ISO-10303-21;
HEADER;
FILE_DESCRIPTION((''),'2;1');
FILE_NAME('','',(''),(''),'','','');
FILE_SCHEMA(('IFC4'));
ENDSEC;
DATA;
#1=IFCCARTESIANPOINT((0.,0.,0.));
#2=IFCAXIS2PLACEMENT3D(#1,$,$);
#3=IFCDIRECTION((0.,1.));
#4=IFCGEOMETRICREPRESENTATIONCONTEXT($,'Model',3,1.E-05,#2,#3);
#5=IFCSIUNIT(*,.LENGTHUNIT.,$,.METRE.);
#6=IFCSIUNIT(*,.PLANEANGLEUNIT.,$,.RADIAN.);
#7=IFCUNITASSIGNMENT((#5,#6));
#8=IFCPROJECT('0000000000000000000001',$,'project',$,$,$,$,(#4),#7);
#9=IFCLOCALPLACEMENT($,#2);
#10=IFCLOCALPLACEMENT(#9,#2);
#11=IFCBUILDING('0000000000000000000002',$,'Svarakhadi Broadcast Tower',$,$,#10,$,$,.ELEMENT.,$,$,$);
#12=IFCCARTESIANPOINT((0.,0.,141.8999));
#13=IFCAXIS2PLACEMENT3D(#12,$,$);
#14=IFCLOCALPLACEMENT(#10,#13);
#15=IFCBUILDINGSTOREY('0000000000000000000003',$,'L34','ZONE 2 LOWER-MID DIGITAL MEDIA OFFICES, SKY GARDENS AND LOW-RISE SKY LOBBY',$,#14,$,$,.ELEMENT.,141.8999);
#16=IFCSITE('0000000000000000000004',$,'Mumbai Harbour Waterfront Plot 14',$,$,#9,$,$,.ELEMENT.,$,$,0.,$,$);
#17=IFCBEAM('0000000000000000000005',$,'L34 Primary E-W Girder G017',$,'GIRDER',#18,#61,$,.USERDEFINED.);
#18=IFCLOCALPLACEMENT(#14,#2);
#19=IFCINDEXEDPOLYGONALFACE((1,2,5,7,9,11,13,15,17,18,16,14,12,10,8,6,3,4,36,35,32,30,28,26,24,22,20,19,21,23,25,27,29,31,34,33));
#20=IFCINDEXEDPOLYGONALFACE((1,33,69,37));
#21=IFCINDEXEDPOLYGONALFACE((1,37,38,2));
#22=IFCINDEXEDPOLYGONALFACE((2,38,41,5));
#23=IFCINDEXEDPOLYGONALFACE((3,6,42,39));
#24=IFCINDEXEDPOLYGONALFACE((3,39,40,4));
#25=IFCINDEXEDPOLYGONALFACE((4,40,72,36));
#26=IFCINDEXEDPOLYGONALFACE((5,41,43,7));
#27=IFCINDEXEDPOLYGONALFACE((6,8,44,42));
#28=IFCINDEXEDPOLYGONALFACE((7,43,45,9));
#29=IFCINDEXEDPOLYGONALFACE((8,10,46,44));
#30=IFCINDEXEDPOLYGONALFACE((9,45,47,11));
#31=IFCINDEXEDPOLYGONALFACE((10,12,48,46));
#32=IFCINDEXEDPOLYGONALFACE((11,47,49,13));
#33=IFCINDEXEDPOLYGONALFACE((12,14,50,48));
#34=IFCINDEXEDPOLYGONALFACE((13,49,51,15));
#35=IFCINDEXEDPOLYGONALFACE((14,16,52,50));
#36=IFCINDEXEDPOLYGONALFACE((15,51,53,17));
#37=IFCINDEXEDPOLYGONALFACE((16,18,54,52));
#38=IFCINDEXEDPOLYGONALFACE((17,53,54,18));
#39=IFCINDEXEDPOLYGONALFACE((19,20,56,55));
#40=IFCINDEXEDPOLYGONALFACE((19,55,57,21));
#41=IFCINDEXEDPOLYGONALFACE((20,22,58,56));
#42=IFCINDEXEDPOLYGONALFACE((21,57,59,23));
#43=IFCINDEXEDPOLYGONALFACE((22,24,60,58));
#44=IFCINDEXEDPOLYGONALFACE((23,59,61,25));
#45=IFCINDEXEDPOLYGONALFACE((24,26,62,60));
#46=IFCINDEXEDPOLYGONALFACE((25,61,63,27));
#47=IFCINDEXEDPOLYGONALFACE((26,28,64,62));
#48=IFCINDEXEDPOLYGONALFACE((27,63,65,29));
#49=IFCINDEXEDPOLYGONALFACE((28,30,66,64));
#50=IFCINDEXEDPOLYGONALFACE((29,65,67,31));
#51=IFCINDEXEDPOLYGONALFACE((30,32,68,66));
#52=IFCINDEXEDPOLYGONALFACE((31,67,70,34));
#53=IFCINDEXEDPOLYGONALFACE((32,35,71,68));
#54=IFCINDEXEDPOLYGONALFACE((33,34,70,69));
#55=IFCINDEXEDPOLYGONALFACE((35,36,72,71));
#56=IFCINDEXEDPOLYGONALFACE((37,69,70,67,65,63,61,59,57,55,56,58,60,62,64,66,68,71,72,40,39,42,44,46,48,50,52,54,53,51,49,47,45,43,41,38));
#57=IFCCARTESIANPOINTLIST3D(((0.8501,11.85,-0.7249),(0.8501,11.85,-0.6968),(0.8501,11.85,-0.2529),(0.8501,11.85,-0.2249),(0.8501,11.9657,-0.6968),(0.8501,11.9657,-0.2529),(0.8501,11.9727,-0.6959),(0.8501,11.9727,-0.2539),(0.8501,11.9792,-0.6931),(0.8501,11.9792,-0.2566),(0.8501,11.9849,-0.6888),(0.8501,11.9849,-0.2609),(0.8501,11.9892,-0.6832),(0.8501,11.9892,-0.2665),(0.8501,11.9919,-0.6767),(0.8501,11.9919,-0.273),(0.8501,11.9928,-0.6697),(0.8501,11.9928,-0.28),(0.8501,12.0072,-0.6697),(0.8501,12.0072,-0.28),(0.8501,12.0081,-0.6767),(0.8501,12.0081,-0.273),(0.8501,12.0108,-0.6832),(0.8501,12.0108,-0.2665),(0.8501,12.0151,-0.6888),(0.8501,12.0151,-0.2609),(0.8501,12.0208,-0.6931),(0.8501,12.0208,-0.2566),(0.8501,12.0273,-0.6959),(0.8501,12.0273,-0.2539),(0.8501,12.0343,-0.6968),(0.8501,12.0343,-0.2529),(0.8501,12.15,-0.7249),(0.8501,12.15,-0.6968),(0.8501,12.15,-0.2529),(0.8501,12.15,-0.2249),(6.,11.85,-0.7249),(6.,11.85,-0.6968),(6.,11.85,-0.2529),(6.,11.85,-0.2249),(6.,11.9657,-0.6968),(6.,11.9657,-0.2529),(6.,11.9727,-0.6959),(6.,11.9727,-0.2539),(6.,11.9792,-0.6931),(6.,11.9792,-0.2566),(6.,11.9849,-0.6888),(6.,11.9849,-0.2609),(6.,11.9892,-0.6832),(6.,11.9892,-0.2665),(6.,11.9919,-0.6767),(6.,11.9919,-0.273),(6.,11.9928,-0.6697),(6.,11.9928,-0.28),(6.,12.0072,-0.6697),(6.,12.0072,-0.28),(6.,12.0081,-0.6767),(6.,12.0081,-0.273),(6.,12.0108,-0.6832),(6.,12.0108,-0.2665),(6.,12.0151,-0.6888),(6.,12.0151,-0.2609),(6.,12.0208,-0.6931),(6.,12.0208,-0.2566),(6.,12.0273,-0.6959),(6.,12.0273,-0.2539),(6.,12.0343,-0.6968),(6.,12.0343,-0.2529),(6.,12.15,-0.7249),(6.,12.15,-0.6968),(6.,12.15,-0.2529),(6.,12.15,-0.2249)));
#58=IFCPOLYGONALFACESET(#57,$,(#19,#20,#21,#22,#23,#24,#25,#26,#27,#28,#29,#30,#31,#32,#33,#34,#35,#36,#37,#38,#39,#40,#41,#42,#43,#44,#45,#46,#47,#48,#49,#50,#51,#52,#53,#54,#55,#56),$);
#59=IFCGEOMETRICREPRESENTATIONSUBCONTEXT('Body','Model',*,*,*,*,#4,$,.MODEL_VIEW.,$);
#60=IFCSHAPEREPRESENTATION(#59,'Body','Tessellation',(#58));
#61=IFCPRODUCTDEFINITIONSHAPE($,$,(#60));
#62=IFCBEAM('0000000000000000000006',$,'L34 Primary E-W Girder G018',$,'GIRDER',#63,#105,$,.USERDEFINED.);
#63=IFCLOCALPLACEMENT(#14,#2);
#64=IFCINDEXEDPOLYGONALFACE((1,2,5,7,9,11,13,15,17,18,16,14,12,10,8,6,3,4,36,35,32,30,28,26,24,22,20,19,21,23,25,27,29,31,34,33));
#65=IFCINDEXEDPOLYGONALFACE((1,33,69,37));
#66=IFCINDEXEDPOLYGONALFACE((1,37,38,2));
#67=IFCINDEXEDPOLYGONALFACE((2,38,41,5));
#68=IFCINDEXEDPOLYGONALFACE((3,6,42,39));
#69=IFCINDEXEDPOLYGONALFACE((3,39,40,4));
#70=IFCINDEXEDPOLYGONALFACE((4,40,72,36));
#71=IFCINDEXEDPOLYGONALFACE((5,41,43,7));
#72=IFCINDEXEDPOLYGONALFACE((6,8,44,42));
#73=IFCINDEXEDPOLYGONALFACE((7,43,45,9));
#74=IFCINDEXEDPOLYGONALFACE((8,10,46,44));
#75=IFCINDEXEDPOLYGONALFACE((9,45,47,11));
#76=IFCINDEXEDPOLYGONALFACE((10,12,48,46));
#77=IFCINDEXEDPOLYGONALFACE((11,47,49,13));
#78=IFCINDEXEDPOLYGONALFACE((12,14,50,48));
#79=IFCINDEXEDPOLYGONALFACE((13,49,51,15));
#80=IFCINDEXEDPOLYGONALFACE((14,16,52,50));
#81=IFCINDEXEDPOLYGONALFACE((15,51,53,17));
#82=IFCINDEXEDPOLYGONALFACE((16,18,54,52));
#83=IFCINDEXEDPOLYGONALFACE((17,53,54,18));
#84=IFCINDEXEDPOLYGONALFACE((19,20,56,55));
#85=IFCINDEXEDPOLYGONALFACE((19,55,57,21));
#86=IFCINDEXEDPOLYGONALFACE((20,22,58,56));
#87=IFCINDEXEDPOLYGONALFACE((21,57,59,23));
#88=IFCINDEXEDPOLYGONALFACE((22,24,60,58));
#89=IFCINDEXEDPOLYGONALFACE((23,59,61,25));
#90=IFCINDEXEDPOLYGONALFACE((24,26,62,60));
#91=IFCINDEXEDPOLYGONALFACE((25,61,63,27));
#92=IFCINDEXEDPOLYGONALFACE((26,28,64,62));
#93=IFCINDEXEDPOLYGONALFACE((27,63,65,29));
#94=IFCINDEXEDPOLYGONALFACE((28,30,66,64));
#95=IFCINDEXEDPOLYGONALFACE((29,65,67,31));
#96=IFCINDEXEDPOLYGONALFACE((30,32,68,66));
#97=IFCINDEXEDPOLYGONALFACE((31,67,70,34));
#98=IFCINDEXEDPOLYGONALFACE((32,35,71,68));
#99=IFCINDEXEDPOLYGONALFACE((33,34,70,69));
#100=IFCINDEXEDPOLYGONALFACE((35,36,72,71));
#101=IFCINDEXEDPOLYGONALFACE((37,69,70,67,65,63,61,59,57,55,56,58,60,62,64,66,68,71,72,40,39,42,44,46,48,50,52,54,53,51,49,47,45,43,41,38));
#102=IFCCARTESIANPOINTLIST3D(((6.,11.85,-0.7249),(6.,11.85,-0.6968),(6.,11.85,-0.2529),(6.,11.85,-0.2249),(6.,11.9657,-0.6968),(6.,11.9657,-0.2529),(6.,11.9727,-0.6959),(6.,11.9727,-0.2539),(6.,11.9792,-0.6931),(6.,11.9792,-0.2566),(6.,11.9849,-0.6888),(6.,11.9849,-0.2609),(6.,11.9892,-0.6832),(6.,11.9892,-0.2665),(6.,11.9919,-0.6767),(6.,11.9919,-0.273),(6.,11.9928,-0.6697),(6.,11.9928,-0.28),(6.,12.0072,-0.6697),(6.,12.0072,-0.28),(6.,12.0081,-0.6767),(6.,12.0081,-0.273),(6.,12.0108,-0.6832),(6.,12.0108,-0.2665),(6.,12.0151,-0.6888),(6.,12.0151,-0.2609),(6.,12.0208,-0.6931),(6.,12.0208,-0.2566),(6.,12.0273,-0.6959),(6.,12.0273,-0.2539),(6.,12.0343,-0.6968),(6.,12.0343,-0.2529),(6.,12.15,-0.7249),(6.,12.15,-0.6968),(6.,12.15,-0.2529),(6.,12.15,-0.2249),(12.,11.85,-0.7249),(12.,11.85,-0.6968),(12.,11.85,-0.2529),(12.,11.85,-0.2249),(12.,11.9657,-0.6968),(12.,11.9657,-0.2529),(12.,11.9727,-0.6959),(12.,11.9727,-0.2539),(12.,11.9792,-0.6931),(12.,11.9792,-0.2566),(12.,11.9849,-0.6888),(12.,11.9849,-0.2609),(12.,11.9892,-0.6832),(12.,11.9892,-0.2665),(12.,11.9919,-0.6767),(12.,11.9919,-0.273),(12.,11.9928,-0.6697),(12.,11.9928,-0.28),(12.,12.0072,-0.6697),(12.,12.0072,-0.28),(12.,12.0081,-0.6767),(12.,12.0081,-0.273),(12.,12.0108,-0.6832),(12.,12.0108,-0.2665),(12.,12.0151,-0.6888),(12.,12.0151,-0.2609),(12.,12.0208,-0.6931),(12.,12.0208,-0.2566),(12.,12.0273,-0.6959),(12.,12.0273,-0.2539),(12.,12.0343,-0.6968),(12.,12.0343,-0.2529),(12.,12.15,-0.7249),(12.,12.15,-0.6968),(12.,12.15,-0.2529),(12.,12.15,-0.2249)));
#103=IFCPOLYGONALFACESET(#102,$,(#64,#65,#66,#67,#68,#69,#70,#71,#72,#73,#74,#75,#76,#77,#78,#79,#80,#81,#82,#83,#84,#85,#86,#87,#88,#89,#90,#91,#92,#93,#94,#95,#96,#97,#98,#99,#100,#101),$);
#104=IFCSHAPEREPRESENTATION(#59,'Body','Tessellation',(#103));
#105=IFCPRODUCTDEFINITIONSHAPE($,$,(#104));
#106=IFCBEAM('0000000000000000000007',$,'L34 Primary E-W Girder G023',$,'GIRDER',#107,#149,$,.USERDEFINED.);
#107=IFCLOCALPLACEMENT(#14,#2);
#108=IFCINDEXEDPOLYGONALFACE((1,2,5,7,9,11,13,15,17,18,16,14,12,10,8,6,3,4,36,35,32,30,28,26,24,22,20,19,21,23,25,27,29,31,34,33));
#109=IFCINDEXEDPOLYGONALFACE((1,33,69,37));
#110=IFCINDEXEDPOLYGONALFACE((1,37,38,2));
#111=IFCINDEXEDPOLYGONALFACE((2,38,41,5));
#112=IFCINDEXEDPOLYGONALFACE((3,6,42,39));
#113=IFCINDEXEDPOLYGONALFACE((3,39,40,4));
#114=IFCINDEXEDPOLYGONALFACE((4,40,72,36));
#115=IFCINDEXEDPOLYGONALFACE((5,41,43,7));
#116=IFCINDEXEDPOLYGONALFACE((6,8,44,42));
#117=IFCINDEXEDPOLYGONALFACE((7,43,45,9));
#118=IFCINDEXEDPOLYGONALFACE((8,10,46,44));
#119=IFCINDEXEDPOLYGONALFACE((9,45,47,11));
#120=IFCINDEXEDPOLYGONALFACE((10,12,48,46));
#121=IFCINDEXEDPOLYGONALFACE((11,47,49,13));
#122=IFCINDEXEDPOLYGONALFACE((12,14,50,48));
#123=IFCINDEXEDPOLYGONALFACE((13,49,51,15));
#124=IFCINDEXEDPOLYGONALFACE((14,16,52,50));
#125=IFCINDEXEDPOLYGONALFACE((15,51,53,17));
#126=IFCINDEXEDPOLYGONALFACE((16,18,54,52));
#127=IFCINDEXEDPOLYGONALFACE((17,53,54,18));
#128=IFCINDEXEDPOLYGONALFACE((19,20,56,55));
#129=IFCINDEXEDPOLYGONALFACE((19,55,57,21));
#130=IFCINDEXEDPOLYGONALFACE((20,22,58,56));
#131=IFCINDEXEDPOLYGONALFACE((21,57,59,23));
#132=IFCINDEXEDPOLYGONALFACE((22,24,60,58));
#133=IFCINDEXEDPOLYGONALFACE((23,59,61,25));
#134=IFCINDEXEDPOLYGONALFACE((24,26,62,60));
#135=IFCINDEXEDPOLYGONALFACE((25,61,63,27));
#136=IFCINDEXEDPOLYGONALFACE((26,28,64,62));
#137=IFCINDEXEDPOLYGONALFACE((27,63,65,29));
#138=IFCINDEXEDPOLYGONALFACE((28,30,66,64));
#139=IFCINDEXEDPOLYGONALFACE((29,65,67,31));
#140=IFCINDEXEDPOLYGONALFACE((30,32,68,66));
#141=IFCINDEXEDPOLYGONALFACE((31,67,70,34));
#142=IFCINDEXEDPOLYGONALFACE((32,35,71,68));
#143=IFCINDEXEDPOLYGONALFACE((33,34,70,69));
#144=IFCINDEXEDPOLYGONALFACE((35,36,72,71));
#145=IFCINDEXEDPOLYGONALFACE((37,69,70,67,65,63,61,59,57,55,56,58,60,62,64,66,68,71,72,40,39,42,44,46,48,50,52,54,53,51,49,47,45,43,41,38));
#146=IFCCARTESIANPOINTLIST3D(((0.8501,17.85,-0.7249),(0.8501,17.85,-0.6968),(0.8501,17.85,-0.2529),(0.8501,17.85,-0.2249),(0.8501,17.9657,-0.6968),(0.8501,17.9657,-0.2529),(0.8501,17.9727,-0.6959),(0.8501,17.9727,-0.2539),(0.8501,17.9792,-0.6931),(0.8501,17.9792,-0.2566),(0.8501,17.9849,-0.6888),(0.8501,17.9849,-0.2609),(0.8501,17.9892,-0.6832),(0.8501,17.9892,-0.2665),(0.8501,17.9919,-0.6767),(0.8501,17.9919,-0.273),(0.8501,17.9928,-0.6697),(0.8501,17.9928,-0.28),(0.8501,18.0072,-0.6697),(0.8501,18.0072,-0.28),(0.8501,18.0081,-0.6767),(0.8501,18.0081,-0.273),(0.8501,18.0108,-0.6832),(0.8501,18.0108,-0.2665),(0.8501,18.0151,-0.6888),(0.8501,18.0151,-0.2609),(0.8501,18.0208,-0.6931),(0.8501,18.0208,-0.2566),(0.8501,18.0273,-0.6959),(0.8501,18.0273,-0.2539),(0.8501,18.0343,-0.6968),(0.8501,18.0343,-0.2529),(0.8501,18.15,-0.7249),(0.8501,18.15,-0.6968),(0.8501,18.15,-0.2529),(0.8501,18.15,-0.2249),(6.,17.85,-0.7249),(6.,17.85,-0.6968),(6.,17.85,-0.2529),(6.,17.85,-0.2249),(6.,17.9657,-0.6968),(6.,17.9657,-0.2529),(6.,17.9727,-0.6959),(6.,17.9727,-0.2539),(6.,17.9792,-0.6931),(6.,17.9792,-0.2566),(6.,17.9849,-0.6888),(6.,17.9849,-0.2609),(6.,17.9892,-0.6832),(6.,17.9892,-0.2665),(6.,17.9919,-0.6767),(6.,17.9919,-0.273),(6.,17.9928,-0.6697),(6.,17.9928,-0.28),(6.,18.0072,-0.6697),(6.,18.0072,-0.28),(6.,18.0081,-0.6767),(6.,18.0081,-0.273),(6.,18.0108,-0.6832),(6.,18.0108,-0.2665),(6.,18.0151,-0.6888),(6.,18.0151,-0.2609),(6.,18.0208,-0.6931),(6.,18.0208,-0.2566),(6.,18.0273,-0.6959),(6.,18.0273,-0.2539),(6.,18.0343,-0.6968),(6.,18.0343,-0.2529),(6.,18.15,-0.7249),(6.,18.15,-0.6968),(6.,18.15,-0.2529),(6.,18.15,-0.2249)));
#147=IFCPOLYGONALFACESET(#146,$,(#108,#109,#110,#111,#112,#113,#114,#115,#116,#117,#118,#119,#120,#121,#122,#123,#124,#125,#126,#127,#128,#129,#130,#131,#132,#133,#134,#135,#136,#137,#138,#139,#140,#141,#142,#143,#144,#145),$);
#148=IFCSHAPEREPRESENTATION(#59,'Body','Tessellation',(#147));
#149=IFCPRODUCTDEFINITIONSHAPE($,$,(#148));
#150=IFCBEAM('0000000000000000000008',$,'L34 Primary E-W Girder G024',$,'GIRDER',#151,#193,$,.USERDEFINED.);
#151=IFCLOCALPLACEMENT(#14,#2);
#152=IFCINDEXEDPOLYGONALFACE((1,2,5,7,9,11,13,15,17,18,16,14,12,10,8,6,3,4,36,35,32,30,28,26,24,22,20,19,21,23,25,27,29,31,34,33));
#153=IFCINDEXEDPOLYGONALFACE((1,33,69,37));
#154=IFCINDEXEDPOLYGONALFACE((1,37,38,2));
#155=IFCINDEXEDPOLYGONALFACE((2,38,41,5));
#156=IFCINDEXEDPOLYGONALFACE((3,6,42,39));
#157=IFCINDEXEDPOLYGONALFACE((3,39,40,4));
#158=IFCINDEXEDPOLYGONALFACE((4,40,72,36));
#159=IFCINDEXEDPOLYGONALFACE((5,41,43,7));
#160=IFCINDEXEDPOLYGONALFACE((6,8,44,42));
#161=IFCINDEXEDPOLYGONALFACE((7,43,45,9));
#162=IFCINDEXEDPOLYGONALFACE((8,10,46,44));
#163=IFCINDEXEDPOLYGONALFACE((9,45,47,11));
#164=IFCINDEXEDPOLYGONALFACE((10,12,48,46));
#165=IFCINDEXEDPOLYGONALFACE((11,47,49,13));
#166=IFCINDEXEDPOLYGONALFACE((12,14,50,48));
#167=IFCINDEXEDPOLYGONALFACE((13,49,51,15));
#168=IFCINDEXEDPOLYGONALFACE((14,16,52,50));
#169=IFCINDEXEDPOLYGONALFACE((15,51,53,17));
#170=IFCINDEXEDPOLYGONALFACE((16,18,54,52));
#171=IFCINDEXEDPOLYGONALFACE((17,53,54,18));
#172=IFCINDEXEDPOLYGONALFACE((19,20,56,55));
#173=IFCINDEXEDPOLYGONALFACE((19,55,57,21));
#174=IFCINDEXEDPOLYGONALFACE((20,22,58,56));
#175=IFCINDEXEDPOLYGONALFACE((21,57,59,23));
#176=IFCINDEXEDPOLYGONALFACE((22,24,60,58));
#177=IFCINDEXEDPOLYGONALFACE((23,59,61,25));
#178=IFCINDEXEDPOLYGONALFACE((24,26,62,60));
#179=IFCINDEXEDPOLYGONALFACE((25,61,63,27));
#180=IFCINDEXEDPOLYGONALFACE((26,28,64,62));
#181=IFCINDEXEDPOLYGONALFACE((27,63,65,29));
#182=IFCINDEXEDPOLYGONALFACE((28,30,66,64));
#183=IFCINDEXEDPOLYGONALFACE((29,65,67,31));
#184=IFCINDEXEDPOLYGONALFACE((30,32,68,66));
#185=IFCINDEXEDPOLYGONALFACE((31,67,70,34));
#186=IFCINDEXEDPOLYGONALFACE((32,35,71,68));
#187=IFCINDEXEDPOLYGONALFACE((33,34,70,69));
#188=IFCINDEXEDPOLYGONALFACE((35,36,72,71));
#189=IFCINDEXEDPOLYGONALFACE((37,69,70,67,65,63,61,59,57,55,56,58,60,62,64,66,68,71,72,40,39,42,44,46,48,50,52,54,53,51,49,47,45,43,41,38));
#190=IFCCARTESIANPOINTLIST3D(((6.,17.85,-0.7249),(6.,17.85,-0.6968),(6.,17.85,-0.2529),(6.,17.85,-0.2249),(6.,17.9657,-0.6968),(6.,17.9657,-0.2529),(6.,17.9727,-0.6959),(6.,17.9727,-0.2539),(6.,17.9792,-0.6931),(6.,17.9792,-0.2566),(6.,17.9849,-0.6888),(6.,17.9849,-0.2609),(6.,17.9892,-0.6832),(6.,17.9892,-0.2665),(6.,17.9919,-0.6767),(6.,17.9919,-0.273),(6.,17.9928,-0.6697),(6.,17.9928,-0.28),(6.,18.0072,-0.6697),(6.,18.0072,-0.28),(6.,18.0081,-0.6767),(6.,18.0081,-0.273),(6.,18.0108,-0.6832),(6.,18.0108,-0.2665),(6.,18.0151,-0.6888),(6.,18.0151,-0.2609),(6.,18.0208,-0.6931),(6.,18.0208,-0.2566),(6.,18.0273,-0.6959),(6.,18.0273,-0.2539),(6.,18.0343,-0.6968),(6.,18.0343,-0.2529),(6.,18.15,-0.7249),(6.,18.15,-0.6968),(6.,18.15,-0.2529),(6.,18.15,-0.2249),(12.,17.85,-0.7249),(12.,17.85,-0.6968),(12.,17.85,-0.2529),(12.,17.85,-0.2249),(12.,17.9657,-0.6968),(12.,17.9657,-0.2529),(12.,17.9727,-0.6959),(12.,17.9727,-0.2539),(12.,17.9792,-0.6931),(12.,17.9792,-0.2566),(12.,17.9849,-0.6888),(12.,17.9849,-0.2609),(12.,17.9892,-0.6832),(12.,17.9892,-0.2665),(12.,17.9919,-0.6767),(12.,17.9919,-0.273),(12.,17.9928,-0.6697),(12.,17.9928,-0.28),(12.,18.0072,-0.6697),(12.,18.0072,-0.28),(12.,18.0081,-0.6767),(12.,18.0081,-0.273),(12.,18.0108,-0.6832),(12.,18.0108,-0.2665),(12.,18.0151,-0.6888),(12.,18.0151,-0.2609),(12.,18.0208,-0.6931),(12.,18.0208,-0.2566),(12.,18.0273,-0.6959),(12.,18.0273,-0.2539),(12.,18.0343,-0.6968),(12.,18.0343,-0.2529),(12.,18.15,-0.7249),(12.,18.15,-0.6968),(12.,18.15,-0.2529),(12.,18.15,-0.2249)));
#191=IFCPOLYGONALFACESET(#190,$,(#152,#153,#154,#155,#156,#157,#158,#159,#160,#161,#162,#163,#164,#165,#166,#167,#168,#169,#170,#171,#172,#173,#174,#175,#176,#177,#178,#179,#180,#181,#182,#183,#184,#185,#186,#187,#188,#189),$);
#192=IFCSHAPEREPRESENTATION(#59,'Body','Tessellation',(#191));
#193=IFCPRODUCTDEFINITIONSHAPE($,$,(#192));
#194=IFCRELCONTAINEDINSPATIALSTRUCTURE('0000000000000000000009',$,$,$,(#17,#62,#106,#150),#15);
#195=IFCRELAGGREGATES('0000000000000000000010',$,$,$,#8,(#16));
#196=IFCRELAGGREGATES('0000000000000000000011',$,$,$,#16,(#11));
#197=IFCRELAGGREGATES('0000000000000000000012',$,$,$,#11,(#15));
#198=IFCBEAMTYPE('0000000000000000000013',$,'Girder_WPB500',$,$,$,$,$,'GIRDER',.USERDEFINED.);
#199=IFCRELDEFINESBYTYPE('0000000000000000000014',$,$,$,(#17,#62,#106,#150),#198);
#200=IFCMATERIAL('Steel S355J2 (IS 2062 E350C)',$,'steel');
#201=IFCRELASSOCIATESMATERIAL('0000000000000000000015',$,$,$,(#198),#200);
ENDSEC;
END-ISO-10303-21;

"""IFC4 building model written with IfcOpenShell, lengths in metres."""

from ifc_helpers import new_model, si_unit, direction, frame, origin, origin_2d, place, context, subcontext, project, spatial, i_section, extrude, material, material_profile, profile_set, type_object, element, save


model = new_model("IFC4")

# Units and contexts
model_context = context("Model", 3, precision=1e-05, world=origin(), true_north=direction((0.0, 1.0)))
body_context = subcontext(model_context, "Body", "Model", "MODEL_VIEW")
ifc_project = project(units=[si_unit("LENGTHUNIT", "METRE"), si_unit("PLANEANGLEUNIT", "RADIAN")], contexts=[model_context])

# Site, building, storey
site_placement = place(None, origin())
site = spatial("IfcSite", under=ifc_project, at=site_placement, Name="Mumbai Harbour Waterfront Plot 14", CompositionType="ELEMENT", RefElevation=0.0)
building_placement = place(site_placement, origin())
building = spatial("IfcBuilding", under=site, at=building_placement, Name="Svarakhadi Broadcast Tower", CompositionType="ELEMENT")
storey_placement = place(building_placement, frame((0.0, 0.0, 141.8999)))
storey = spatial("IfcBuildingStorey", under=building, at=storey_placement, Name="L34", Description="ZONE 2 LOWER-MID DIGITAL MEDIA OFFICES, SKY GARDENS AND LOW-RISE SKY LOBBY", CompositionType="ELEMENT", Elevation=141.8999)

# Shared definitions
ifc_material_1 = material(Name="Steel S355J2 (IS 2062 E350C)", Category="steel")

# Beams
ifc_material_profile_1 = material_profile(ifc_material_1, i_section(OverallWidth=0.3, OverallDepth=0.5, WebThickness=0.0144, FlangeThickness=0.0281, FilletRadius=0.0271, at=origin_2d()), Name="WPB 500x300x187")
ifc_profile_set_1 = profile_set([ifc_material_profile_1], Name="Steel S355J2 (IS 2062 E350C)")
beam_type_1 = type_object("IfcBeamType", Name="Girder_WPB500", ElementType="GIRDER", PredefinedType="USERDEFINED", material=ifc_profile_set_1)
beam_1_placement = place(storey_placement, frame((0.8501, 12.0, -0.4749), z_axis=(1.0, 0.0, 0.0), x_axis=(0.0, 1.0, 0.0)))
element("IfcBeam", 1, at=beam_1_placement, inside=storey, type_object=beam_type_1, Name="L34 Primary E-W Girder G017", ObjectType="GIRDER", PredefinedType="USERDEFINED", context=body_context, shape_type="SweptSolid", body=[
    extrude(i_section(OverallWidth=0.3, OverallDepth=0.5, WebThickness=0.0144, FlangeThickness=0.0281, FilletRadius=0.0271, at=origin_2d()), origin(), (0.0, 0.0, 1.0), 5.1499),
])
beam_2_placement = place(storey_placement, frame((6.0, 12.0, -0.4749), z_axis=(1.0, 0.0, 0.0), x_axis=(0.0, 1.0, 0.0)))
element("IfcBeam", 2, at=beam_2_placement, inside=storey, type_object=beam_type_1, Name="L34 Primary E-W Girder G018", ObjectType="GIRDER", PredefinedType="USERDEFINED", context=body_context, shape_type="SweptSolid", body=[
    extrude(i_section(OverallWidth=0.3, OverallDepth=0.5, WebThickness=0.0144, FlangeThickness=0.0281, FilletRadius=0.0271, at=origin_2d()), origin(), (0.0, 0.0, 1.0), 6.0),
])
beam_3_placement = place(storey_placement, frame((0.8501, 18.0, -0.4749), z_axis=(1.0, 0.0, 0.0), x_axis=(0.0, 1.0, 0.0)))
element("IfcBeam", 3, at=beam_3_placement, inside=storey, type_object=beam_type_1, Name="L34 Primary E-W Girder G023", ObjectType="GIRDER", PredefinedType="USERDEFINED", context=body_context, shape_type="SweptSolid", body=[
    extrude(i_section(OverallWidth=0.3, OverallDepth=0.5, WebThickness=0.0144, FlangeThickness=0.0281, FilletRadius=0.0271, at=origin_2d()), origin(), (0.0, 0.0, 1.0), 5.1499),
])
for number, where, z_axis, x_axis, name in (
    (4, (6.0, 18.0, -0.4749), (1.0, 0.0, 0.0), (0.0, 1.0, 0.0), "L34 Primary E-W Girder G024"),
):
    element("IfcBeam", number, at=place(storey_placement, frame(where, z_axis=z_axis, x_axis=x_axis)), inside=storey, type_object=beam_type_1, Name=name, ObjectType="GIRDER", PredefinedType="USERDEFINED", context=body_context, shape_type="SweptSolid", body=[
        extrude(i_section(OverallWidth=0.3, OverallDepth=0.5, WebThickness=0.0144, FlangeThickness=0.0281, FilletRadius=0.0271, at=origin_2d()), origin(), (0.0, 0.0, 1.0), 6.0),
    ])

save(model, "model.ifc")
